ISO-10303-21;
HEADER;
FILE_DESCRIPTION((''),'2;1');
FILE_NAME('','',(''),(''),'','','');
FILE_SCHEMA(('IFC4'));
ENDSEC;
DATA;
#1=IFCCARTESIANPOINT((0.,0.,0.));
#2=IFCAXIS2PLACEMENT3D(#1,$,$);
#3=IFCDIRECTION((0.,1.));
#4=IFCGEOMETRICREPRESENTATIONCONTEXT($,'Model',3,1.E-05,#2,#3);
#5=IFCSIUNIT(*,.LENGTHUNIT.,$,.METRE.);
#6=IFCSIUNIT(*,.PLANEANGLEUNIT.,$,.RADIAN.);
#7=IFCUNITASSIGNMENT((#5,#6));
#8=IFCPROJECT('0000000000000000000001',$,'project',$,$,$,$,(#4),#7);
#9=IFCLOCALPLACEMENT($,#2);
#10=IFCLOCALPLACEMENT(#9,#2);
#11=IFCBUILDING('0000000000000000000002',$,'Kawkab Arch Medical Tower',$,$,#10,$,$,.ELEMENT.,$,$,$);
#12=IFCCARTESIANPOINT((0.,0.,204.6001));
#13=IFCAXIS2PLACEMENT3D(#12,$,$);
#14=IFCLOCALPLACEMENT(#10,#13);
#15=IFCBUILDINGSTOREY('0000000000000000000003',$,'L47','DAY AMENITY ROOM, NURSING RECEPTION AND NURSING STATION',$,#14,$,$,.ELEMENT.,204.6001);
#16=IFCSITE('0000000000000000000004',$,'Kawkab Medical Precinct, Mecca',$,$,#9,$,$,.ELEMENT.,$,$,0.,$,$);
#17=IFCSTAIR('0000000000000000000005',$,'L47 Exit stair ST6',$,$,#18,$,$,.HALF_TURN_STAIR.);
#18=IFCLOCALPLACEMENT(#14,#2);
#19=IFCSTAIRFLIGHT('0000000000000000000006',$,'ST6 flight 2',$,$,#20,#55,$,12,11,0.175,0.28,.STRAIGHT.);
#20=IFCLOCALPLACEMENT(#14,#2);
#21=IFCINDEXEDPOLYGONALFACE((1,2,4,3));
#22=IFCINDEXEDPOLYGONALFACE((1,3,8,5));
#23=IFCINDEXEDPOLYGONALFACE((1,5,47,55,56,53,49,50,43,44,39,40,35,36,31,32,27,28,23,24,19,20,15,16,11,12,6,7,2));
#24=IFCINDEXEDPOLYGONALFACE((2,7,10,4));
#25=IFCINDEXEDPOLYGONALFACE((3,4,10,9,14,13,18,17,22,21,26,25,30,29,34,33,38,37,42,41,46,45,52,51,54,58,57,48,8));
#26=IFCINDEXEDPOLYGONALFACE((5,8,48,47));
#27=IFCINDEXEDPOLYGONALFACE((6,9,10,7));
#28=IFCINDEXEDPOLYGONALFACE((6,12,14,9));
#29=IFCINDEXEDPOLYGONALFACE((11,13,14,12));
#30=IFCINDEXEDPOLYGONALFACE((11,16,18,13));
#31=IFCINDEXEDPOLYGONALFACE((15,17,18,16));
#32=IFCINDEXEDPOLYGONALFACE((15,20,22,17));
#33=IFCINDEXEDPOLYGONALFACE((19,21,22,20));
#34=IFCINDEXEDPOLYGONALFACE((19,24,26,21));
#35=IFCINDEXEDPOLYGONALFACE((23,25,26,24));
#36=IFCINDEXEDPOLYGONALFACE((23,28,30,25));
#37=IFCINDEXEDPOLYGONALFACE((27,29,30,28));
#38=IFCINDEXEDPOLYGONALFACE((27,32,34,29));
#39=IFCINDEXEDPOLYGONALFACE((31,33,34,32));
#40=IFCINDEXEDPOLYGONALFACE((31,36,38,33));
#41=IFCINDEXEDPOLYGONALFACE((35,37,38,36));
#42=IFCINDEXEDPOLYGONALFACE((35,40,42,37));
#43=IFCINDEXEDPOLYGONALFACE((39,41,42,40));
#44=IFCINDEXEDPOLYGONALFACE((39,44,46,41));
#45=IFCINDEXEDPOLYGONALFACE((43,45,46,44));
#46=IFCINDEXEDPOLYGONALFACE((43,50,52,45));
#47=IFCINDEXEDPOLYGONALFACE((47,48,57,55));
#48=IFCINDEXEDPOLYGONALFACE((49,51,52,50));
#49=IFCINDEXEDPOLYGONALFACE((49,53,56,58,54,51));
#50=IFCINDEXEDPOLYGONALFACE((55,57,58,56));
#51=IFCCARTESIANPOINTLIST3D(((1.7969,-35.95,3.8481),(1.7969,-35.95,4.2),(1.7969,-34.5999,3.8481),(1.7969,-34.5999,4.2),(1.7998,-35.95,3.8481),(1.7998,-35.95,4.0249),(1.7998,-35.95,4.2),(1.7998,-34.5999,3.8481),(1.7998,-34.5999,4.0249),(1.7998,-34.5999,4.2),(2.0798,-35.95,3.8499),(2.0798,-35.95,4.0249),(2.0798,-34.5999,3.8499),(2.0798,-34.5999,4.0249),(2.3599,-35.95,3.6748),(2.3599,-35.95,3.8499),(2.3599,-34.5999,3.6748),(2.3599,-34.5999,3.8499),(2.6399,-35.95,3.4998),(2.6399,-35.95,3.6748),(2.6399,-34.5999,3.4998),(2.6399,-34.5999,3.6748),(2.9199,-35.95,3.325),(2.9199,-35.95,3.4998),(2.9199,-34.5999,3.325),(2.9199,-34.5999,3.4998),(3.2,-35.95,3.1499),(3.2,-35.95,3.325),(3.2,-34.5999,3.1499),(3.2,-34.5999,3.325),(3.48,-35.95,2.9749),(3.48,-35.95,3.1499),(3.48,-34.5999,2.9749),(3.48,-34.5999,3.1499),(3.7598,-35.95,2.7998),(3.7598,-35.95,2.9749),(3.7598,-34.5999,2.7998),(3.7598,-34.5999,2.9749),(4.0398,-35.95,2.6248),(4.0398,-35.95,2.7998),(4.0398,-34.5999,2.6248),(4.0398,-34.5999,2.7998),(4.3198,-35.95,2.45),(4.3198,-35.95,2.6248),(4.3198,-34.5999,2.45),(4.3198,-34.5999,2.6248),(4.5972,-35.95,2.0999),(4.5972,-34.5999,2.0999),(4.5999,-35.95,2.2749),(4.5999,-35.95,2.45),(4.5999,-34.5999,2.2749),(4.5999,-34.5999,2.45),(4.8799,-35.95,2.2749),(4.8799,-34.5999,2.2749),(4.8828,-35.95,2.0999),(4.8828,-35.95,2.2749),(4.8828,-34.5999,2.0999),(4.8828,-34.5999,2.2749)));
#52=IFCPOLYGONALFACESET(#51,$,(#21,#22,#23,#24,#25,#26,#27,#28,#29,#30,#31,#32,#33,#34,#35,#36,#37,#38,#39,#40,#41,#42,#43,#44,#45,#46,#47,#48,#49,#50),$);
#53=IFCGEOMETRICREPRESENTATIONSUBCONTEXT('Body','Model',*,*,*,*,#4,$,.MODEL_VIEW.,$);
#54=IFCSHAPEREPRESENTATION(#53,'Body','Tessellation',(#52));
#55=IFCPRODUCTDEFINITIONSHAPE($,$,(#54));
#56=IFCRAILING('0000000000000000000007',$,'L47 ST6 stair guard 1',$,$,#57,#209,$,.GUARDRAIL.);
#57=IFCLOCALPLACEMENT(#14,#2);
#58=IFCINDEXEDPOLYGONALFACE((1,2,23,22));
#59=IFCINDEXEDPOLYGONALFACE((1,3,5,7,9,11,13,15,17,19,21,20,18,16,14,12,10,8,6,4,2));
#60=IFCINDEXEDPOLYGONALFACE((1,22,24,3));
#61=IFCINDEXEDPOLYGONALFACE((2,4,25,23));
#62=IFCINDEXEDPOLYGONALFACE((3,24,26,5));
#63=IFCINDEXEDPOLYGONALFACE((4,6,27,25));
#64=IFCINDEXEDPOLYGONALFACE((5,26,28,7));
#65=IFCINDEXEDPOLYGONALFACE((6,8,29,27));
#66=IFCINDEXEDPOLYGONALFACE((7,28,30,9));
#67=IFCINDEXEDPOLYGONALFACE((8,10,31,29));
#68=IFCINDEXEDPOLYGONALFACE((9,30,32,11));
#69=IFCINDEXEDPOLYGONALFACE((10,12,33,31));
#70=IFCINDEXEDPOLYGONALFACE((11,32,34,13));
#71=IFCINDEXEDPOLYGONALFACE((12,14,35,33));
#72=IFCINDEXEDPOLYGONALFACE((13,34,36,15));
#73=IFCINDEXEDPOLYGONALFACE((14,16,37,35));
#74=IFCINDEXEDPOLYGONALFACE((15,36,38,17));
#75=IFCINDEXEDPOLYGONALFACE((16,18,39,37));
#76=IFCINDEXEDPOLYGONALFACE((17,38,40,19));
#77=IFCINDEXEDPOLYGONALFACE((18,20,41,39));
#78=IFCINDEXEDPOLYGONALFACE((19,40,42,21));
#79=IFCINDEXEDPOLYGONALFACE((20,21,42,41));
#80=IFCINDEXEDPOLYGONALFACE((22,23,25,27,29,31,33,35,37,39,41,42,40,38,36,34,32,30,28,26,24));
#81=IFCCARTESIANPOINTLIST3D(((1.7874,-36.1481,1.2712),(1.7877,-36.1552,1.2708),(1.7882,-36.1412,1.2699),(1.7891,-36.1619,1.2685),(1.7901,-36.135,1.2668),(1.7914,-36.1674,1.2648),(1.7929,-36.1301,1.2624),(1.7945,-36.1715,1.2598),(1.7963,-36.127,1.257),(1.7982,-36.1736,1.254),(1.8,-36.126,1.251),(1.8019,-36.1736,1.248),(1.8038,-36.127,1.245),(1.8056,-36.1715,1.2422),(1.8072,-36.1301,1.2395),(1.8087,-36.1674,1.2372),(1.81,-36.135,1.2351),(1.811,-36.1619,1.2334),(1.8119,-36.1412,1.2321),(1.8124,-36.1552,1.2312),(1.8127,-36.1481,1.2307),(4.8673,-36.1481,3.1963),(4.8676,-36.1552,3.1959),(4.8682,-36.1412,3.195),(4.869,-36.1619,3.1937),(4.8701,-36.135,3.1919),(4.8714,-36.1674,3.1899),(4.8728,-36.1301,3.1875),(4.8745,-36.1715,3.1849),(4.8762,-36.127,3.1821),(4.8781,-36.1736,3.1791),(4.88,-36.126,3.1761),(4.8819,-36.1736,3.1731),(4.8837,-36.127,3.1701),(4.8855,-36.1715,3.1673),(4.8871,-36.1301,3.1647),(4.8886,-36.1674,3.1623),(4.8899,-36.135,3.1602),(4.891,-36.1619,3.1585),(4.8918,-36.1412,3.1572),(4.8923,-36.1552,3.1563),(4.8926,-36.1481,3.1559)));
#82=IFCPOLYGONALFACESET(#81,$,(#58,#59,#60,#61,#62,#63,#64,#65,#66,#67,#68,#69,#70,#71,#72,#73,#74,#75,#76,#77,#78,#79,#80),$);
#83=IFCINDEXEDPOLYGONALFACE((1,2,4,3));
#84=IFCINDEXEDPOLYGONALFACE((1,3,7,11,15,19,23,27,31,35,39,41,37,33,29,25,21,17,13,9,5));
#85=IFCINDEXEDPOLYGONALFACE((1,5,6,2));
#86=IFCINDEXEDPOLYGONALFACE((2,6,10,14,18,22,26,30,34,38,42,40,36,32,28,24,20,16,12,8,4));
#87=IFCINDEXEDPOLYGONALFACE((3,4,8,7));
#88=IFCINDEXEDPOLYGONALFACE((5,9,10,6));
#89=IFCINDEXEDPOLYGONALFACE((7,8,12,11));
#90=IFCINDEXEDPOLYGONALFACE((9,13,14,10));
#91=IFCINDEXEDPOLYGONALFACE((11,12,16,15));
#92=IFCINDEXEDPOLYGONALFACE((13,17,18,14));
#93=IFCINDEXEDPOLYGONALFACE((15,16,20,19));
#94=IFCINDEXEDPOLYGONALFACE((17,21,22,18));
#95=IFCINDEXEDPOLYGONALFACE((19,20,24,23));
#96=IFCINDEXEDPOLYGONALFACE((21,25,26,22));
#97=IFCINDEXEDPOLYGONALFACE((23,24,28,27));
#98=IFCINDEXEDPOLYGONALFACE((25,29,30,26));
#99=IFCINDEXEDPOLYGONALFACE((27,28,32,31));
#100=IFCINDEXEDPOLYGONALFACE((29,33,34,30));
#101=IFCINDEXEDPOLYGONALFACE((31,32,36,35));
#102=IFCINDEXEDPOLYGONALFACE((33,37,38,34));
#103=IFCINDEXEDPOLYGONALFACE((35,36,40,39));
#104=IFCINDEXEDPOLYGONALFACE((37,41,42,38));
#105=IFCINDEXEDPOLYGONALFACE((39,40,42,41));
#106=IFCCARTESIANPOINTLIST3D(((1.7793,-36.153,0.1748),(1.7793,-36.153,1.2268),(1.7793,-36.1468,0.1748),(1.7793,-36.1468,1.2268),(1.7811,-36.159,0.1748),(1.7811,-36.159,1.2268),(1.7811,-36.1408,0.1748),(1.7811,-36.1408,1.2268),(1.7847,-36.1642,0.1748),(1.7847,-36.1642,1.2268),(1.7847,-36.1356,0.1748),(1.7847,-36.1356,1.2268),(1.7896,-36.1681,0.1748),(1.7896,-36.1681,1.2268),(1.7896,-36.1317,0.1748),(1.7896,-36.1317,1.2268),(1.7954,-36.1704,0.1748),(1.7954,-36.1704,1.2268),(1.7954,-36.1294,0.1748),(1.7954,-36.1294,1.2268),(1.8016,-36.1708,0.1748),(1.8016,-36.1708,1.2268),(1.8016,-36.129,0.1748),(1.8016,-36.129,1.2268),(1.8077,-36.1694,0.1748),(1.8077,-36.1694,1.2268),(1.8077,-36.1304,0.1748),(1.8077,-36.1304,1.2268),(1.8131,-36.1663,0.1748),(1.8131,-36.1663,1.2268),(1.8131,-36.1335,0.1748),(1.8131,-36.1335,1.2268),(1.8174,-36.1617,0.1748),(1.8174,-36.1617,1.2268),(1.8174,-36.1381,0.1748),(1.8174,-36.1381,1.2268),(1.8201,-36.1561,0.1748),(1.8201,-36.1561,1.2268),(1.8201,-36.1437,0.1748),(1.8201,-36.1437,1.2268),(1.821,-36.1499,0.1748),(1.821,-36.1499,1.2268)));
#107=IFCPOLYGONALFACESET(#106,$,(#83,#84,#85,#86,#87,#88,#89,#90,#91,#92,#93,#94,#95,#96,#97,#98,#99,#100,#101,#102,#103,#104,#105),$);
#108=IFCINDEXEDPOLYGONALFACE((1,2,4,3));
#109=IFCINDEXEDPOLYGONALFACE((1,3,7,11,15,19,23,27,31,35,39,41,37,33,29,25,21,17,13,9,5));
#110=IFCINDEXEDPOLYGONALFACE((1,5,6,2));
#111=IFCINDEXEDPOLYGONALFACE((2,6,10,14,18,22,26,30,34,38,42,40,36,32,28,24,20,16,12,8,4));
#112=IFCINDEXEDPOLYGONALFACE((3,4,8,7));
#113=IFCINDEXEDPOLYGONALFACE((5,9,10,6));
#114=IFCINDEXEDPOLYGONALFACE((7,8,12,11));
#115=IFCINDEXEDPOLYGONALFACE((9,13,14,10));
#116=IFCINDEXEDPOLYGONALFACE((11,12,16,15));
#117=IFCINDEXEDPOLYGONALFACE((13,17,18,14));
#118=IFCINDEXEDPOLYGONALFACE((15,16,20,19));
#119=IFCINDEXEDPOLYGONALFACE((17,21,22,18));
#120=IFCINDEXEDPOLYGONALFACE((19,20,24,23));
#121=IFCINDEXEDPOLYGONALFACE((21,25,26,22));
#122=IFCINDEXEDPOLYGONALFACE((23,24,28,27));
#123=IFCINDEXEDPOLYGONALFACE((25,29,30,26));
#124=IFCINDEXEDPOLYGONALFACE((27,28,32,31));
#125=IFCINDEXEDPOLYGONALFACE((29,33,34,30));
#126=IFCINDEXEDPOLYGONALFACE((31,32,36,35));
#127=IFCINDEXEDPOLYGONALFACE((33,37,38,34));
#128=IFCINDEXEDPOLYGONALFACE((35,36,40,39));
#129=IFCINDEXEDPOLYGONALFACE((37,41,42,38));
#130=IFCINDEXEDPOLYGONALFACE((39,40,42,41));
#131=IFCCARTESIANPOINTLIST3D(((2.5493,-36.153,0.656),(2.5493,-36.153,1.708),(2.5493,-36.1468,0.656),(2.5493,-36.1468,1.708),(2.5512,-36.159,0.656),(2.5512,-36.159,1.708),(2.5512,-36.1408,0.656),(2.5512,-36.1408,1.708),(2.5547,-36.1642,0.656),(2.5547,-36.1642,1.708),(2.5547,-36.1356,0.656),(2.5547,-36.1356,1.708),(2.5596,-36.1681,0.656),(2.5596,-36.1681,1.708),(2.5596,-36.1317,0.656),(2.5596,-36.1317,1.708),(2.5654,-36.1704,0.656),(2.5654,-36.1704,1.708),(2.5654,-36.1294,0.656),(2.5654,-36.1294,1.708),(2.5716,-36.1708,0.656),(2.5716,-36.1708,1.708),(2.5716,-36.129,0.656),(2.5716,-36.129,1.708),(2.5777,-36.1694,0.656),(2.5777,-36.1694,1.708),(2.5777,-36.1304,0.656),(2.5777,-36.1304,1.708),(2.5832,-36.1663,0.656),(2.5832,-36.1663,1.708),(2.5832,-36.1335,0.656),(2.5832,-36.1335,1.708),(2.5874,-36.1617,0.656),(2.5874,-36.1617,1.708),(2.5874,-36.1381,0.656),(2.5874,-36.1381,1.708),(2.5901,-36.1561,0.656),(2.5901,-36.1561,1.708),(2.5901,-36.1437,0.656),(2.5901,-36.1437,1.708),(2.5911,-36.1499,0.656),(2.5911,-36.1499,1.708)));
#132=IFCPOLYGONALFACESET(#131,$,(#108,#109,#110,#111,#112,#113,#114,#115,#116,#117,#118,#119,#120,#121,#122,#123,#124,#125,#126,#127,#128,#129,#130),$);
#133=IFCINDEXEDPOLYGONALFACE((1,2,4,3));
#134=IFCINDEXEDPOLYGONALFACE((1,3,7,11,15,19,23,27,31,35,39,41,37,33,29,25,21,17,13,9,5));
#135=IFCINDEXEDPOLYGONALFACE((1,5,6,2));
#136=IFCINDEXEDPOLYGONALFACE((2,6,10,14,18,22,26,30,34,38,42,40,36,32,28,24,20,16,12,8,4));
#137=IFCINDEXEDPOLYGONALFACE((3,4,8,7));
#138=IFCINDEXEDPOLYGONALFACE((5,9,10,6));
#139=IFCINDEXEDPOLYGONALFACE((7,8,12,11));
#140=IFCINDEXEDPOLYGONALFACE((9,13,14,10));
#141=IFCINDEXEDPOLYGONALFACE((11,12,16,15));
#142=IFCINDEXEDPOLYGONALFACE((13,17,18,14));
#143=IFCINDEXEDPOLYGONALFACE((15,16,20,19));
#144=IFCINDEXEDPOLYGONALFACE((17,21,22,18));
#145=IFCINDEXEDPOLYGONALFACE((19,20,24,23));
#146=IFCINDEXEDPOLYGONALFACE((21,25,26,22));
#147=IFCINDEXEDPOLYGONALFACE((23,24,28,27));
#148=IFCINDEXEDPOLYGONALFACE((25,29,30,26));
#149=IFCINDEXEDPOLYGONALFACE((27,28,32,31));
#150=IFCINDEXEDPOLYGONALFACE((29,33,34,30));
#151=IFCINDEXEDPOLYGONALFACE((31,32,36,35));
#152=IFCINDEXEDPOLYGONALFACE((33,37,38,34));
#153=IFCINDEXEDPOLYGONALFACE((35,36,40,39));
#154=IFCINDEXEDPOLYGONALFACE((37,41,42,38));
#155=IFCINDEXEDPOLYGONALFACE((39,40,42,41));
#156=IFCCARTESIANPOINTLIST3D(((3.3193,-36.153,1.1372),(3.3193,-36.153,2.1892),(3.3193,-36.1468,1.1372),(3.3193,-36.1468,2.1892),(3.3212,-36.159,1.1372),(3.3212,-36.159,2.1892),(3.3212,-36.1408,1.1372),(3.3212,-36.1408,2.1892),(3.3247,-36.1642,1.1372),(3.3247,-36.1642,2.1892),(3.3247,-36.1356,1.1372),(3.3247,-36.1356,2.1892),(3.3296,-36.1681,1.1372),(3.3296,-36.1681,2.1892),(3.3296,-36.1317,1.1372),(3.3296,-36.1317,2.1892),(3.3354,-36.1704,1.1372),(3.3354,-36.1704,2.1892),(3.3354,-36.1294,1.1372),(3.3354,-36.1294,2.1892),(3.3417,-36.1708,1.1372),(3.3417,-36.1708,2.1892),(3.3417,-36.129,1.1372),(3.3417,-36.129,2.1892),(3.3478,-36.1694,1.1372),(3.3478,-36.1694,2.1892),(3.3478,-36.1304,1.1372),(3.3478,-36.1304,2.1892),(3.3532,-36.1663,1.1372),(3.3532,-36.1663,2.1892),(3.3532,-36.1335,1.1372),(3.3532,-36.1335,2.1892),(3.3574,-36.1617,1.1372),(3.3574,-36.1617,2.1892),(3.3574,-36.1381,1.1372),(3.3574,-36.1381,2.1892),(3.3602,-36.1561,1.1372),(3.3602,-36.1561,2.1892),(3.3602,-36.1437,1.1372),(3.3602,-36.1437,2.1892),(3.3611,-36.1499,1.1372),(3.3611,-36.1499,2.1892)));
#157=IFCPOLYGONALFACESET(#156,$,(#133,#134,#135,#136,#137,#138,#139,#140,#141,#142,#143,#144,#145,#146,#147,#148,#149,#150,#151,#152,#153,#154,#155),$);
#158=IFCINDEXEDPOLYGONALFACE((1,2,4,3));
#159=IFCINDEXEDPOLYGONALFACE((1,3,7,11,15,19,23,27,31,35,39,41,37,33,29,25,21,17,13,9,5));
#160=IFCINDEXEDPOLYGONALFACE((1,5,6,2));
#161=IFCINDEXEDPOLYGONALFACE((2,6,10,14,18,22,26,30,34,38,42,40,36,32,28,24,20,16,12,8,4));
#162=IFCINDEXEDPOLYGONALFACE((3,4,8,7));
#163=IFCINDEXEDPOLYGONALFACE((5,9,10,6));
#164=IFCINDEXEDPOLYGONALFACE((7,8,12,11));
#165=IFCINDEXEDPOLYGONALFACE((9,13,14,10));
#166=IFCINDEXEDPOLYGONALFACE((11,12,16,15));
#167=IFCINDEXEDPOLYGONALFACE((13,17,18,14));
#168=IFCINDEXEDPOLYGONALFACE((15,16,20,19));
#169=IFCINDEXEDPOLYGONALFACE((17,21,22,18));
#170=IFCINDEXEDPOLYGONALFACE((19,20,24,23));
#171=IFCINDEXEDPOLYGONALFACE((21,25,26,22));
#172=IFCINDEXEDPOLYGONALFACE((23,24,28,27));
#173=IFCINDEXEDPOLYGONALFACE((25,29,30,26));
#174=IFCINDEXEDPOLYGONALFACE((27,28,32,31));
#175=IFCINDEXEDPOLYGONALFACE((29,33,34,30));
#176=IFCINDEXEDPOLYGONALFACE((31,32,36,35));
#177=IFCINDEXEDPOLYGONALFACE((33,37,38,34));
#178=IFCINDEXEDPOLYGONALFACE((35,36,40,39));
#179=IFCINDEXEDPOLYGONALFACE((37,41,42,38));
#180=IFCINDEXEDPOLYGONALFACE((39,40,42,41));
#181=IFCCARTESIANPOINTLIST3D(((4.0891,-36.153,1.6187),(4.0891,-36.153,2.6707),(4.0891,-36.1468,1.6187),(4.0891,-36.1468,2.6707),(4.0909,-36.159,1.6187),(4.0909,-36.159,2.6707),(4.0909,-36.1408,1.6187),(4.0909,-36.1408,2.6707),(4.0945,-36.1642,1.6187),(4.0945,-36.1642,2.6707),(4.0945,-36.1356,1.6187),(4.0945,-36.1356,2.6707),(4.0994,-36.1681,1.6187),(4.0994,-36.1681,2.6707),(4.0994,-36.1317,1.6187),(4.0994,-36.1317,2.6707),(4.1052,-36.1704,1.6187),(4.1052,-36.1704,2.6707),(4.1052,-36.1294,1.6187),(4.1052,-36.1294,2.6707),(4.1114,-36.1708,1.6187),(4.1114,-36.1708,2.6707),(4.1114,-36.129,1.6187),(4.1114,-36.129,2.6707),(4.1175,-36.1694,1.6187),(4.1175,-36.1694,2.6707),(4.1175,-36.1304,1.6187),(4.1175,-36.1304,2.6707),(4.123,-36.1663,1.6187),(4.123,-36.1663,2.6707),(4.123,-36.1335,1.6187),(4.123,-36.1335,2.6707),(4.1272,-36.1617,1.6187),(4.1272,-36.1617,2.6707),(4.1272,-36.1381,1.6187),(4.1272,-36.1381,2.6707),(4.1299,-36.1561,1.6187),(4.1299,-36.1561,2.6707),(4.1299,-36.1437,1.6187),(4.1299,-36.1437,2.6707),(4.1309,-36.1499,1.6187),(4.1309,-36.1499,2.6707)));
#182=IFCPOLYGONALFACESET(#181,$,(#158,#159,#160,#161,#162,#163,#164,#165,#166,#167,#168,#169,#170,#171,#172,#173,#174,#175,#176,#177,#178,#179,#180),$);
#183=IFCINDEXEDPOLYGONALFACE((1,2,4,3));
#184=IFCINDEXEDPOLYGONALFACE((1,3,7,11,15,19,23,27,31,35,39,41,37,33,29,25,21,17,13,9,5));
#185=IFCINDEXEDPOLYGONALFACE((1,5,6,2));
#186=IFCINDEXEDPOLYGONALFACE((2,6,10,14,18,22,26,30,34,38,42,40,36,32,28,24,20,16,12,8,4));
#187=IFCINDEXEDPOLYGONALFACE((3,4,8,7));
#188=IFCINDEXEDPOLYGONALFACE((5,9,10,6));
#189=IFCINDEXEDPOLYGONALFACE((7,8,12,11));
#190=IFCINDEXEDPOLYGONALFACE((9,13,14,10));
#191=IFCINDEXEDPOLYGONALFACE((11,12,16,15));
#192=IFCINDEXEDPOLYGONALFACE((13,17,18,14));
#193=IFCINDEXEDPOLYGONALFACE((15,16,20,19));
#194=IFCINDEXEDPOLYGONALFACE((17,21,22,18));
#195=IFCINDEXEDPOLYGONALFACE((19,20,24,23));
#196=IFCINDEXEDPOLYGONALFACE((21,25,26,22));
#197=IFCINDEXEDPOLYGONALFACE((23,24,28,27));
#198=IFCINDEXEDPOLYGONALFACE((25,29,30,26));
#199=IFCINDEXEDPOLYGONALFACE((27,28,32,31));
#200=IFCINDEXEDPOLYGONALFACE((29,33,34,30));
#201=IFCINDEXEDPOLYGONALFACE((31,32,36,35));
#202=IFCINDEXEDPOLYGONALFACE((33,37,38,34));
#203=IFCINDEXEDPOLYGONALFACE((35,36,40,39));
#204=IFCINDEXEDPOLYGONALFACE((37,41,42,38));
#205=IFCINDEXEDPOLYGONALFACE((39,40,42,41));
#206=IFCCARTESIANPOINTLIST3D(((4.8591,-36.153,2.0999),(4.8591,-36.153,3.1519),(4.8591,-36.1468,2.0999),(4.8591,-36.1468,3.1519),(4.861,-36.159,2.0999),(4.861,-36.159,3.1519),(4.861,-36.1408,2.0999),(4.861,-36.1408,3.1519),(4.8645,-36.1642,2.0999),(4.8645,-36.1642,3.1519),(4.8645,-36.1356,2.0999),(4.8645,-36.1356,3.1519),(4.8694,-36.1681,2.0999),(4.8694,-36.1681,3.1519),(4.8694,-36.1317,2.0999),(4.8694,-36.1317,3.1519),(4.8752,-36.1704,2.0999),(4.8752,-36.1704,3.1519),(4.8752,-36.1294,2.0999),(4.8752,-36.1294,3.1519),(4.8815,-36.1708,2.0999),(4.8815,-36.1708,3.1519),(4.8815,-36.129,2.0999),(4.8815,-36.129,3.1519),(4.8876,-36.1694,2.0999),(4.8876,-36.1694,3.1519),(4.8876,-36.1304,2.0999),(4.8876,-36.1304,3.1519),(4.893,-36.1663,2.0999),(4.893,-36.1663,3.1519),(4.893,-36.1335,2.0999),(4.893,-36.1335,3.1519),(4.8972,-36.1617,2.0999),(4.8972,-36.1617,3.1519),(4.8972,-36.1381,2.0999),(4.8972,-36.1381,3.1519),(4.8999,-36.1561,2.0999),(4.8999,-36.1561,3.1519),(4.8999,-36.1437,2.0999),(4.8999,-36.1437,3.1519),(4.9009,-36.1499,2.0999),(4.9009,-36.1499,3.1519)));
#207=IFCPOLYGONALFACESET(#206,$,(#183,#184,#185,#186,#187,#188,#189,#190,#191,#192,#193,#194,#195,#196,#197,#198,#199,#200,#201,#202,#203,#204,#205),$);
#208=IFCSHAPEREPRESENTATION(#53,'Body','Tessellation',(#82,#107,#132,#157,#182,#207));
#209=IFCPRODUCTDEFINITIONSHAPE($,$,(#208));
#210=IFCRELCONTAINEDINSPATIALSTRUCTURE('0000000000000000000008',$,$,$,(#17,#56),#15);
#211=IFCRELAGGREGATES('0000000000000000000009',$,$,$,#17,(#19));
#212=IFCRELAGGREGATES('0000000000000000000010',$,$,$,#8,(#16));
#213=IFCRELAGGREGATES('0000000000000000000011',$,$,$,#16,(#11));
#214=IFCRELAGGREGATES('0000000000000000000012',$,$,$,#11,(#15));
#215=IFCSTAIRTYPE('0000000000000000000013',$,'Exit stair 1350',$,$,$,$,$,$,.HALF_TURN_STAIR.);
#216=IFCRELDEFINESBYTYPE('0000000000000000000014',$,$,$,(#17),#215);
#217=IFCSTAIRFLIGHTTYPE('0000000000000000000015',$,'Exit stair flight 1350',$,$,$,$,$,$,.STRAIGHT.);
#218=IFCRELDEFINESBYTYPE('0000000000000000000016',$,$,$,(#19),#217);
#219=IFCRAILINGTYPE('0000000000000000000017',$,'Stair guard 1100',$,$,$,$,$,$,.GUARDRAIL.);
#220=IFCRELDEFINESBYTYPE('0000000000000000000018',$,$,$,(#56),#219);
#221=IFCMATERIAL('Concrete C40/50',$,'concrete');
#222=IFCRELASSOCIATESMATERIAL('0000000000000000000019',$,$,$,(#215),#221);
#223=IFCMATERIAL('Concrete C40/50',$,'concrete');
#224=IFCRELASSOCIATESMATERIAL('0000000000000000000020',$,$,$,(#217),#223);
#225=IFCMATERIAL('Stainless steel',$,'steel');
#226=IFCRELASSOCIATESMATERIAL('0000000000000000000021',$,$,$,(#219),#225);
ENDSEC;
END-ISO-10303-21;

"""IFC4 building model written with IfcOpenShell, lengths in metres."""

from ifc_helpers import new_model, si_unit, direction, frame, origin, origin_2d, place, context, subcontext, project, spatial, polyline, circle, outline, extrude, material, type_object, element, aggregate, save


model = new_model("IFC4")

# Units and contexts
model_context = context("Model", 3, precision=1e-05, world=origin(), true_north=direction((0.0, 1.0)))
body_context = subcontext(model_context, "Body", "Model", "MODEL_VIEW")
ifc_project = project(units=[si_unit("LENGTHUNIT", "METRE"), si_unit("PLANEANGLEUNIT", "RADIAN")], contexts=[model_context])

# Site, building, storey
site_placement = place(None, origin())
site = spatial("IfcSite", under=ifc_project, at=site_placement, Name="Kawkab Medical Precinct, Mecca", CompositionType="ELEMENT", RefElevation=0.0)
building_placement = place(site_placement, origin())
building = spatial("IfcBuilding", under=site, at=building_placement, Name="Kawkab Arch Medical Tower", CompositionType="ELEMENT")
storey_placement = place(building_placement, frame((0.0, 0.0, 204.6001)))
storey = spatial("IfcBuildingStorey", under=building, at=storey_placement, Name="L47", Description="DAY AMENITY ROOM, NURSING RECEPTION AND NURSING STATION", CompositionType="ELEMENT", Elevation=204.6001)

# Stair, stair flight
ifc_material_1 = material(Name="Concrete C40/50", Category="concrete")
stair_type = type_object("IfcStairType", Name="Exit stair 1350", PredefinedType="HALF_TURN_STAIR", material=ifc_material_1)
stair_placement = place(storey_placement, origin())
stair = element("IfcStair", 1, at=stair_placement, inside=storey, type_object=stair_type, Name="L47 Exit stair ST6", PredefinedType="HALF_TURN_STAIR")
ifc_material_2 = material(Name="Concrete C40/50", Category="concrete")
stair_flight_type = type_object("IfcStairFlightType", Name="Exit stair flight 1350", PredefinedType="STRAIGHT", material=ifc_material_2)
stair_flight_1_placement = place(storey_placement, frame((4.8799, -35.2749, 2.0999), z_axis=(0.0, 0.0, 1.0), x_axis=(-1.0, 0.0, 0.0)))
stair_flight_1 = element("IfcStairFlight", 2, at=stair_flight_1_placement, type_object=stair_flight_type, Name="ST6 flight 2", NumberOfRisers=12, NumberOfTreads=11, PredefinedType="STRAIGHT", RiserHeight=0.175, TreadLength=0.28, context=body_context, shape_type="SweptSolid", body=[
    extrude(outline(polyline([(-0.0029, 0.0), (-0.0029, 0.175), (0.0, 0.175), (0.28, 0.175), (0.28, 0.3501), (0.5601, 0.3501), (0.5601, 0.5249), (0.8401, 0.5249), (0.8401, 0.7), (1.1201, 0.7), (1.1201, 0.875), (1.3999, 0.875), (1.3999, 1.05), (1.6799, 1.05), (1.6799, 1.2251), (1.96, 1.2251), (1.96, 1.3999), (2.24, 1.3999), (2.24, 1.575), (2.52, 1.575), (2.52, 1.75), (2.8, 1.75), (2.8, 1.925), (3.0801, 1.925), (3.0801, 2.1001), (3.083, 2.1001), (3.083, 1.7483), (3.0801, 1.7483), (0.2827, 0.0), (-0.0029, 0.0)])), frame((0.0, 0.675, 0.0), z_axis=(0.0, -1.0, 0.0), x_axis=(1.0, 0.0, 0.0)), (0.0, 0.0, 1.0), 1.3501),
])
aggregate(stair, [stair_flight_1])

# Railing
ifc_material_3 = material(Name="Stainless steel", Category="steel")
railing_type = type_object("IfcRailingType", Name="Stair guard 1100", PredefinedType="GUARDRAIL", material=ifc_material_3)
railing_1_placement = place(storey_placement, frame((1.8, -36.1499, 0.1748)))
element("IfcRailing", 3, at=railing_1_placement, inside=storey, type_object=railing_type, Name="L47 ST6 stair guard 1", PredefinedType="GUARDRAIL", context=body_context, shape_type="SweptSolid", body=[
    extrude(circle(Radius=0.0239, at=origin_2d()), frame((0.0, 0.0, 1.0762), z_axis=(0.847979, 0.0, 0.530029), x_axis=(0.0, 1.0, 0.0)), (0.0, 0.0, 1.0), 3.6321),
    extrude(circle(Radius=0.021, at=origin_2d()), origin(), (0.0, 0.0, 1.0), 1.052),
    extrude(circle(Radius=0.021, at=origin_2d()), frame((0.77, 0.0, 0.4812)), (0.0, 0.0, 1.0), 1.052),
    extrude(circle(Radius=0.021, at=origin_2d()), frame((1.54, 0.0, 0.9624)), (0.0, 0.0, 1.0), 1.052),
    extrude(circle(Radius=0.021, at=origin_2d()), frame((2.3098, 0.0, 1.4438)), (0.0, 0.0, 1.0), 1.052),
    extrude(circle(Radius=0.021, at=origin_2d()), frame((3.0798, 0.0, 1.925)), (0.0, 0.0, 1.0), 1.052),
])

save(model, "model.ifc")
